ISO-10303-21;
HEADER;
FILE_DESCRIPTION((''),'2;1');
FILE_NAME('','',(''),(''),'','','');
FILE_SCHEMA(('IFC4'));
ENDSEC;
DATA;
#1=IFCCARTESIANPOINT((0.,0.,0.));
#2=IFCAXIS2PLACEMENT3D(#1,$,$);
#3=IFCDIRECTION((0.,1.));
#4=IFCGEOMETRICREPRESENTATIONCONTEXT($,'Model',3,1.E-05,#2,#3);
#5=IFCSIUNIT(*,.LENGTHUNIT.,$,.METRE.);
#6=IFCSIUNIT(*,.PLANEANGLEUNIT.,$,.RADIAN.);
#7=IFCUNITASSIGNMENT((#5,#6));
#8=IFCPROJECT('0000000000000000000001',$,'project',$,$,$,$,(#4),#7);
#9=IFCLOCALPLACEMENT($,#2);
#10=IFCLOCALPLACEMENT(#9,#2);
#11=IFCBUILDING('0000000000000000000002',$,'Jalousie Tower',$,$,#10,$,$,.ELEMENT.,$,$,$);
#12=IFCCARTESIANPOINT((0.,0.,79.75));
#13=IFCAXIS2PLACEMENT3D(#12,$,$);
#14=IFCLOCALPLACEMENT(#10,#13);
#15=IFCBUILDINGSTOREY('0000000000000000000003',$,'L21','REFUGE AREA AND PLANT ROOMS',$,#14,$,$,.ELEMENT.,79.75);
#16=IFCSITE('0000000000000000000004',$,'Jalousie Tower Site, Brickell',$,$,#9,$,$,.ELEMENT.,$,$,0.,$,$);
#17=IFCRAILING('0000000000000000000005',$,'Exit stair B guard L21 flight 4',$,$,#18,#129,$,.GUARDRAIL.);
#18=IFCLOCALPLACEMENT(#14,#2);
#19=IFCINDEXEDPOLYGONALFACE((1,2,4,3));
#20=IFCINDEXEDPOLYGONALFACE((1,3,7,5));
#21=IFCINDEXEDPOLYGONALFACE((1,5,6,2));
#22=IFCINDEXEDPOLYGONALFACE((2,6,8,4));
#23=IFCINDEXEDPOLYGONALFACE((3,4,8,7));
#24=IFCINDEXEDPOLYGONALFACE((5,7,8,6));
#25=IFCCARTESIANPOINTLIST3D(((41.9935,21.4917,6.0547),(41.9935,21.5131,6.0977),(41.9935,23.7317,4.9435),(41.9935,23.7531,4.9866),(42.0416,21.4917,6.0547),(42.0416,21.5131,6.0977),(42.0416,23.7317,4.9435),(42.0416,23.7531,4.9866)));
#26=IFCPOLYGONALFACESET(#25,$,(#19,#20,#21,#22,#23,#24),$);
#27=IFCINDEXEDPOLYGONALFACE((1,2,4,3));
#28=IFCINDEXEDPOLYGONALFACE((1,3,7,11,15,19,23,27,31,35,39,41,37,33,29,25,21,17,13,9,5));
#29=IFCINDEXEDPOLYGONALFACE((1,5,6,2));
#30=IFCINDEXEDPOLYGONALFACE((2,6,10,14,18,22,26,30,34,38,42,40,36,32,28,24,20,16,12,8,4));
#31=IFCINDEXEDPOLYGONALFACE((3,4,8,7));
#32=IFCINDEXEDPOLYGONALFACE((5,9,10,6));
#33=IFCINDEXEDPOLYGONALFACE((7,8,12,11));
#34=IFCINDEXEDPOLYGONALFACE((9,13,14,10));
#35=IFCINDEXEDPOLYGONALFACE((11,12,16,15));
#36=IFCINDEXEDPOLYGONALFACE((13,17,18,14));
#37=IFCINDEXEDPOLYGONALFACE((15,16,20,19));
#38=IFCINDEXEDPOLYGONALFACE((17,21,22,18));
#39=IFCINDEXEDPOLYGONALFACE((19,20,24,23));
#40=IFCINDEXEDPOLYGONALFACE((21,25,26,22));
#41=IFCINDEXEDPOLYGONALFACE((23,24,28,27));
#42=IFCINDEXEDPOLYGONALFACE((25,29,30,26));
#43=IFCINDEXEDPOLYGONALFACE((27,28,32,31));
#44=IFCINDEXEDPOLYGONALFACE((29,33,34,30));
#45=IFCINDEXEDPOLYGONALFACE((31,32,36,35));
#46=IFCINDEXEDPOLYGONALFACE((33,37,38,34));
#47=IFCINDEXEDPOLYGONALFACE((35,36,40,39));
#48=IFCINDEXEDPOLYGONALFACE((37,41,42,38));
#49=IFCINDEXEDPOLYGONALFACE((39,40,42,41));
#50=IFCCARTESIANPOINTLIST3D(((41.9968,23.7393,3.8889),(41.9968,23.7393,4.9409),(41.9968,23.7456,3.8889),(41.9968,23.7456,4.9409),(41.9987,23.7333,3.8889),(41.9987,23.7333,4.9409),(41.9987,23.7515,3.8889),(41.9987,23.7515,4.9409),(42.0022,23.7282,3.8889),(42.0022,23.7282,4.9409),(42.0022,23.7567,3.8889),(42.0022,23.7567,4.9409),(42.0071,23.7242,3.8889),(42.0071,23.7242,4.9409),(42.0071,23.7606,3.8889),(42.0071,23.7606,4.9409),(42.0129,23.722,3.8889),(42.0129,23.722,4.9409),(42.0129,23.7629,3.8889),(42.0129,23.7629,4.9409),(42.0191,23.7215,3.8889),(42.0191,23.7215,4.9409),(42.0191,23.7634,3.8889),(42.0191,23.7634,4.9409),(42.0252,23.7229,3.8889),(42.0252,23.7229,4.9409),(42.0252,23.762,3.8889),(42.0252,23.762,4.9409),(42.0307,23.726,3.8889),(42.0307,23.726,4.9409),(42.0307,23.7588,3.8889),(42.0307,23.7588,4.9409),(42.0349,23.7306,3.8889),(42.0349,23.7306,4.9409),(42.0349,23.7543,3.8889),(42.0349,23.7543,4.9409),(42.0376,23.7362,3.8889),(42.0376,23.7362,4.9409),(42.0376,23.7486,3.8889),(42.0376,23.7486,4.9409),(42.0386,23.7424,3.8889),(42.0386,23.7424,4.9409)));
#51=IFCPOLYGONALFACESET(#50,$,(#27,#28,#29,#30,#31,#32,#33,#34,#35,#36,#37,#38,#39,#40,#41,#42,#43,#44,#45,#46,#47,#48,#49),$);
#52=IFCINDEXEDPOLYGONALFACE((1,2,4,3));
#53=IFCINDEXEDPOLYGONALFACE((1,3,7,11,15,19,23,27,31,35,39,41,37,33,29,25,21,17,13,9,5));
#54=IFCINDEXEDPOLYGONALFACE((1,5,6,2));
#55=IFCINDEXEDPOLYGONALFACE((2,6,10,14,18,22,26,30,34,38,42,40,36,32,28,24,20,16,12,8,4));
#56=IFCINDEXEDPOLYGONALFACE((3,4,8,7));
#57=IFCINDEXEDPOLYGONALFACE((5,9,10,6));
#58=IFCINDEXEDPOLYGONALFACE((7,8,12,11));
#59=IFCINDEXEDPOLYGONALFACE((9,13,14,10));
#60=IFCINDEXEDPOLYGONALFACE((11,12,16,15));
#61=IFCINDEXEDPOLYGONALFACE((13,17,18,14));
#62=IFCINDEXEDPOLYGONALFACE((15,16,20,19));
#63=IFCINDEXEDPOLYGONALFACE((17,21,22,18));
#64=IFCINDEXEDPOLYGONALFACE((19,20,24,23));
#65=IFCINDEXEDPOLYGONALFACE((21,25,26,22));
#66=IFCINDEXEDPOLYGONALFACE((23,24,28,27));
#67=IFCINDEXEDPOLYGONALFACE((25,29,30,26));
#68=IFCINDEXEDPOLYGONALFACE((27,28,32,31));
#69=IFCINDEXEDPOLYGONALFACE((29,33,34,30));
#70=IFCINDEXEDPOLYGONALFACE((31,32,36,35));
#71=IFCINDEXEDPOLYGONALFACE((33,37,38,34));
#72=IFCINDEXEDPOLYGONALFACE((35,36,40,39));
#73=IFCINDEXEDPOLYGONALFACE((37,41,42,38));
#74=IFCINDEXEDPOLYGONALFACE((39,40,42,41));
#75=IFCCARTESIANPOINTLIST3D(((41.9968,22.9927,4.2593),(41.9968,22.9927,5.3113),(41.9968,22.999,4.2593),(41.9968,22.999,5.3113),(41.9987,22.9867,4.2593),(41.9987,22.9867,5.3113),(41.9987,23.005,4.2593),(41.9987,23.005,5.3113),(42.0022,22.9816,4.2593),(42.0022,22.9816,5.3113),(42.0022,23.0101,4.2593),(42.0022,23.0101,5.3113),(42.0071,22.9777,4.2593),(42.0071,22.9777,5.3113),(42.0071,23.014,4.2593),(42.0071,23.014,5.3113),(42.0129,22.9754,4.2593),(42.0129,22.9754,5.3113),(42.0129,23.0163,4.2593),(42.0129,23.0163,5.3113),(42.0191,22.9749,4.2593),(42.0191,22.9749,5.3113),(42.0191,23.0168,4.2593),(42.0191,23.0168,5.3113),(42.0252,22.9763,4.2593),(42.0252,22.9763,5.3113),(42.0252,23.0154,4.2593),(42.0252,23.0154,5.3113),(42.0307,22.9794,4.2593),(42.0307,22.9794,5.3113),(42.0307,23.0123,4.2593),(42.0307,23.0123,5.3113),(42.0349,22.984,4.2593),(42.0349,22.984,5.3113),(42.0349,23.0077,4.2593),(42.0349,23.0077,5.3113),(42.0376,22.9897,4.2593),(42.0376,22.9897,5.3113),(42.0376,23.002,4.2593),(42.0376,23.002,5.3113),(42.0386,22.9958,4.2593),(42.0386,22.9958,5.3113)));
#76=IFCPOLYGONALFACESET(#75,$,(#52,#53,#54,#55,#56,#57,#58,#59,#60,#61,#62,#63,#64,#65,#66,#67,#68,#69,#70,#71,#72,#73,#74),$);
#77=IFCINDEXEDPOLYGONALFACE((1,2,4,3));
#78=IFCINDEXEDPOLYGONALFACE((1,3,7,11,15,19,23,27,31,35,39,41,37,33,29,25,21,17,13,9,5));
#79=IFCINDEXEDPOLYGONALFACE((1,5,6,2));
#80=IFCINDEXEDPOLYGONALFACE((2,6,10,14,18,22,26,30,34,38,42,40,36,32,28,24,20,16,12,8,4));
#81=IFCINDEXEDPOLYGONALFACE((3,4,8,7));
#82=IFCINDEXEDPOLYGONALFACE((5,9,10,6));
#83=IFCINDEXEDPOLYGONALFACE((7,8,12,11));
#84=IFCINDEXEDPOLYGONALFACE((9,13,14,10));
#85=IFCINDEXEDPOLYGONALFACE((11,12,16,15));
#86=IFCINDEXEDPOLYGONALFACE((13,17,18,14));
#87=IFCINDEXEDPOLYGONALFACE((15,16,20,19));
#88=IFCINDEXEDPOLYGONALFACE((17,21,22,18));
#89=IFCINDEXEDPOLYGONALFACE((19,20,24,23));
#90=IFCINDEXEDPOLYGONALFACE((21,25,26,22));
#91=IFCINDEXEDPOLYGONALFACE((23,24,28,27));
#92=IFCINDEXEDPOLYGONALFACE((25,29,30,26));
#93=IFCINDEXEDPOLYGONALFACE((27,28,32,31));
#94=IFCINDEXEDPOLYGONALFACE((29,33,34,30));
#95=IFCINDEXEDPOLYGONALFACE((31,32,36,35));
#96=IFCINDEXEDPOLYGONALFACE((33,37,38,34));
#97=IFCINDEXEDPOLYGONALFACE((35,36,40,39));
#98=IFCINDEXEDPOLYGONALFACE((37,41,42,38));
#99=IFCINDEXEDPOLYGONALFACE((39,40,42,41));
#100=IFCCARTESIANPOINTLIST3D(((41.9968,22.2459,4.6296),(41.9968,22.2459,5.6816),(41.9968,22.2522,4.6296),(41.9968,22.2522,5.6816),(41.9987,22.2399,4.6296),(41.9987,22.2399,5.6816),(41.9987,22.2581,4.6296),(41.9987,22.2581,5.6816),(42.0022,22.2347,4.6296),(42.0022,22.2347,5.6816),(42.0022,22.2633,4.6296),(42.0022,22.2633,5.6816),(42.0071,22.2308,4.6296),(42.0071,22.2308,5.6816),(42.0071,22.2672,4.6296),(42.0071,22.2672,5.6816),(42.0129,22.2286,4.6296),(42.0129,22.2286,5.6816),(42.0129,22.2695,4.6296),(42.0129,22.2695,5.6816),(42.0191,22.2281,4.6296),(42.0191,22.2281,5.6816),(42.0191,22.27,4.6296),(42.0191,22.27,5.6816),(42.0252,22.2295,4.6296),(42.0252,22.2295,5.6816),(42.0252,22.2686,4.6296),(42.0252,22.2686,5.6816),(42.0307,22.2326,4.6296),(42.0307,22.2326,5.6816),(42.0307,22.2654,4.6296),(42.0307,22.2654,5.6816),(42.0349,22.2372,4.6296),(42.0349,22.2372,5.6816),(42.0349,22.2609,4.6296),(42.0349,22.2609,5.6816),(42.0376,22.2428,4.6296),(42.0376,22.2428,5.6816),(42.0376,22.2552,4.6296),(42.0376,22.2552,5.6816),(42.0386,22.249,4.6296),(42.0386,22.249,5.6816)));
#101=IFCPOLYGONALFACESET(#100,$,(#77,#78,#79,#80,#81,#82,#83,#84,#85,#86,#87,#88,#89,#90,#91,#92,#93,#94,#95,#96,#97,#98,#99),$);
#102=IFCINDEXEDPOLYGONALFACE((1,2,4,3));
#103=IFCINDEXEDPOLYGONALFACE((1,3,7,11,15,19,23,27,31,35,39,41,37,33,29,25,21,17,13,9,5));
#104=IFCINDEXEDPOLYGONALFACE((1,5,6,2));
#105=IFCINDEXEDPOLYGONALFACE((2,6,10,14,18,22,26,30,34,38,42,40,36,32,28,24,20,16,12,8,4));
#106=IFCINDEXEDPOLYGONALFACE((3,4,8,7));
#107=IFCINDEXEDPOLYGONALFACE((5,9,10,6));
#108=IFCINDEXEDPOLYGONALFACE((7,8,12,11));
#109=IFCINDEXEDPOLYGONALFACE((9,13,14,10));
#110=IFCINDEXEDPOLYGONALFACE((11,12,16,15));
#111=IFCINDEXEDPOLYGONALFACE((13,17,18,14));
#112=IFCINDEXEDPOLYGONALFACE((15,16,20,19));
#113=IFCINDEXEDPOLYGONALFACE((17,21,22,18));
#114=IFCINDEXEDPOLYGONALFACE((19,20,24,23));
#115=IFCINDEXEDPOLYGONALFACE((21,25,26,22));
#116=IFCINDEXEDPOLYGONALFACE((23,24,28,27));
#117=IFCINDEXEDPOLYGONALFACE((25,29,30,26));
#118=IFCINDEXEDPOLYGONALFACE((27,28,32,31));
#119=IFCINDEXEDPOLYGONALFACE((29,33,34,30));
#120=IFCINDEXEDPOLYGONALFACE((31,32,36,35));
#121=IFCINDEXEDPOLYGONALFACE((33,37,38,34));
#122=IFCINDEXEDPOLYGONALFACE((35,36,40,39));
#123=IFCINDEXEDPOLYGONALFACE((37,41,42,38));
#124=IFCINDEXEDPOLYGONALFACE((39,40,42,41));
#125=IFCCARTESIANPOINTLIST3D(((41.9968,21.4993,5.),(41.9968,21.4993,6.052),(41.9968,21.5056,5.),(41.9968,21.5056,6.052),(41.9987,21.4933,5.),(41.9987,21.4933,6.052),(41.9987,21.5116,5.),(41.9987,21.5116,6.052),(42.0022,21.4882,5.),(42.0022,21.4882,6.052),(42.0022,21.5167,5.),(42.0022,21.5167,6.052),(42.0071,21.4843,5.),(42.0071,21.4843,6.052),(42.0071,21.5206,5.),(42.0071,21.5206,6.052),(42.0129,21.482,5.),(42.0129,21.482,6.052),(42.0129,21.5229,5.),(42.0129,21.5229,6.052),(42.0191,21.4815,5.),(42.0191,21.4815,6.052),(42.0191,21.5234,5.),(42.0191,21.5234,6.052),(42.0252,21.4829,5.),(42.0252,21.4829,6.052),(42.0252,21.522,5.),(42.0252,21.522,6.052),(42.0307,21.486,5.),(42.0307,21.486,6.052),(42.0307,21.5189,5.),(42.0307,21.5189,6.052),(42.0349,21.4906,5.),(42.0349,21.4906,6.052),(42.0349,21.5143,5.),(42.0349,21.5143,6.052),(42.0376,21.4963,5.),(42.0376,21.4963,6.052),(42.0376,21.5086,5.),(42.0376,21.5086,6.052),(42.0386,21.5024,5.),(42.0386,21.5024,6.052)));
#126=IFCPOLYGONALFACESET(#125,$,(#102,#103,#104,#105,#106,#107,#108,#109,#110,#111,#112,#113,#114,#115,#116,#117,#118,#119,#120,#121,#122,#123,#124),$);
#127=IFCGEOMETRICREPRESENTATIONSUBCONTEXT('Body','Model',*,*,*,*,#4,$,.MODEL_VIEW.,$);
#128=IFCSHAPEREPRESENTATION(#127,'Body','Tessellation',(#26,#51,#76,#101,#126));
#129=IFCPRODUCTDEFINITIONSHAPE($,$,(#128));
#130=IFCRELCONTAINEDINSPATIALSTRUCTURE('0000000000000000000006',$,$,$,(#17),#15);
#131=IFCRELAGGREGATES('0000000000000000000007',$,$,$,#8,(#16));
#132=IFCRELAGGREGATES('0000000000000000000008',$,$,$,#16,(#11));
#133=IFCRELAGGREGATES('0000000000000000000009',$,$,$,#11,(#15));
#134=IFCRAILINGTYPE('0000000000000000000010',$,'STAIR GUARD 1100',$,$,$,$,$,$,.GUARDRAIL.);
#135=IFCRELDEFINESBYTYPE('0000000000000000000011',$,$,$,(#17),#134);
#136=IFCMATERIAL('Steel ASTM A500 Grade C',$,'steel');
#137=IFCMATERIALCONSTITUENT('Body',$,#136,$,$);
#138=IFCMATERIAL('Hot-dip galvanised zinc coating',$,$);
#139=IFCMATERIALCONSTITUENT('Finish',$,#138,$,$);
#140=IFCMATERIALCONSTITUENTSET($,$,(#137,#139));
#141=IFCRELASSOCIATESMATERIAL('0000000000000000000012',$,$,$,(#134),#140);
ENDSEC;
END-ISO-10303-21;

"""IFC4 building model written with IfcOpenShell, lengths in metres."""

from ifc_helpers import new_model, si_unit, direction, frame, origin, origin_2d, place, context, subcontext, project, spatial, rectangle, circle, extrude, material, constituent, constituent_set, type_object, element, save


model = new_model("IFC4")

# Units and contexts
model_context = context("Model", 3, precision=1e-05, world=origin(), true_north=direction((0.0, 1.0)))
body_context = subcontext(model_context, "Body", "Model", "MODEL_VIEW")
ifc_project = project(units=[si_unit("LENGTHUNIT", "METRE"), si_unit("PLANEANGLEUNIT", "RADIAN")], contexts=[model_context])

# Site, building, storey
site_placement = place(None, origin())
site = spatial("IfcSite", under=ifc_project, at=site_placement, Name="Jalousie Tower Site, Brickell", CompositionType="ELEMENT", RefElevation=0.0)
building_placement = place(site_placement, origin())
building = spatial("IfcBuilding", under=site, at=building_placement, Name="Jalousie Tower", CompositionType="ELEMENT")
storey_placement = place(building_placement, frame((0.0, 0.0, 79.75)))
storey = spatial("IfcBuildingStorey", under=building, at=storey_placement, Name="L21", Description="REFUGE AREA AND PLANT ROOMS", CompositionType="ELEMENT", Elevation=79.75)

# Railing
ifc_material_1 = material(Name="Steel ASTM A500 Grade C", Category="steel")
ifc_constituent_1 = constituent(ifc_material_1, Name="Body")
ifc_material_2 = material(Name="Hot-dip galvanised zinc coating")
ifc_constituent_2 = constituent(ifc_material_2, Name="Finish")
ifc_constituent_set_1 = constituent_set(constituents=[ifc_constituent_1, ifc_constituent_2])
railing_type_1 = type_object("IfcRailingType", Name="STAIR GUARD 1100", PredefinedType="GUARDRAIL", material=ifc_constituent_set_1)
for number, where, name in (
    (1, (42.0176, 23.7424, 3.8889), "Exit stair B guard L21 flight 4"),
):
    element("IfcRailing", number, at=place(storey_placement, frame(where)), inside=storey, type_object=railing_type_1, Name=name, PredefinedType="GUARDRAIL", context=body_context, shape_type="SweptSolid", body=[
        extrude(rectangle(XDim=0.0481, YDim=0.0481, at=origin_2d()), frame((0.0, 0.0, 1.0762), z_axis=(0.0, -0.895848, 0.44436), x_axis=(1.0, 0.0, 0.0)), (0.0, 0.0, 1.0), 2.5005),
        extrude(circle(Radius=0.021, at=origin_2d()), origin(), (0.0, 0.0, 1.0), 1.052),
        extrude(circle(Radius=0.021, at=origin_2d()), frame((0.0, -0.7466, 0.3704)), (0.0, 0.0, 1.0), 1.052),
        extrude(circle(Radius=0.021, at=origin_2d()), frame((0.0, -1.4934, 0.7407)), (0.0, 0.0, 1.0), 1.052),
        extrude(circle(Radius=0.021, at=origin_2d()), frame((0.0, -2.24, 1.1111)), (0.0, 0.0, 1.0), 1.052),
    ])

save(model, "model.ifc")
